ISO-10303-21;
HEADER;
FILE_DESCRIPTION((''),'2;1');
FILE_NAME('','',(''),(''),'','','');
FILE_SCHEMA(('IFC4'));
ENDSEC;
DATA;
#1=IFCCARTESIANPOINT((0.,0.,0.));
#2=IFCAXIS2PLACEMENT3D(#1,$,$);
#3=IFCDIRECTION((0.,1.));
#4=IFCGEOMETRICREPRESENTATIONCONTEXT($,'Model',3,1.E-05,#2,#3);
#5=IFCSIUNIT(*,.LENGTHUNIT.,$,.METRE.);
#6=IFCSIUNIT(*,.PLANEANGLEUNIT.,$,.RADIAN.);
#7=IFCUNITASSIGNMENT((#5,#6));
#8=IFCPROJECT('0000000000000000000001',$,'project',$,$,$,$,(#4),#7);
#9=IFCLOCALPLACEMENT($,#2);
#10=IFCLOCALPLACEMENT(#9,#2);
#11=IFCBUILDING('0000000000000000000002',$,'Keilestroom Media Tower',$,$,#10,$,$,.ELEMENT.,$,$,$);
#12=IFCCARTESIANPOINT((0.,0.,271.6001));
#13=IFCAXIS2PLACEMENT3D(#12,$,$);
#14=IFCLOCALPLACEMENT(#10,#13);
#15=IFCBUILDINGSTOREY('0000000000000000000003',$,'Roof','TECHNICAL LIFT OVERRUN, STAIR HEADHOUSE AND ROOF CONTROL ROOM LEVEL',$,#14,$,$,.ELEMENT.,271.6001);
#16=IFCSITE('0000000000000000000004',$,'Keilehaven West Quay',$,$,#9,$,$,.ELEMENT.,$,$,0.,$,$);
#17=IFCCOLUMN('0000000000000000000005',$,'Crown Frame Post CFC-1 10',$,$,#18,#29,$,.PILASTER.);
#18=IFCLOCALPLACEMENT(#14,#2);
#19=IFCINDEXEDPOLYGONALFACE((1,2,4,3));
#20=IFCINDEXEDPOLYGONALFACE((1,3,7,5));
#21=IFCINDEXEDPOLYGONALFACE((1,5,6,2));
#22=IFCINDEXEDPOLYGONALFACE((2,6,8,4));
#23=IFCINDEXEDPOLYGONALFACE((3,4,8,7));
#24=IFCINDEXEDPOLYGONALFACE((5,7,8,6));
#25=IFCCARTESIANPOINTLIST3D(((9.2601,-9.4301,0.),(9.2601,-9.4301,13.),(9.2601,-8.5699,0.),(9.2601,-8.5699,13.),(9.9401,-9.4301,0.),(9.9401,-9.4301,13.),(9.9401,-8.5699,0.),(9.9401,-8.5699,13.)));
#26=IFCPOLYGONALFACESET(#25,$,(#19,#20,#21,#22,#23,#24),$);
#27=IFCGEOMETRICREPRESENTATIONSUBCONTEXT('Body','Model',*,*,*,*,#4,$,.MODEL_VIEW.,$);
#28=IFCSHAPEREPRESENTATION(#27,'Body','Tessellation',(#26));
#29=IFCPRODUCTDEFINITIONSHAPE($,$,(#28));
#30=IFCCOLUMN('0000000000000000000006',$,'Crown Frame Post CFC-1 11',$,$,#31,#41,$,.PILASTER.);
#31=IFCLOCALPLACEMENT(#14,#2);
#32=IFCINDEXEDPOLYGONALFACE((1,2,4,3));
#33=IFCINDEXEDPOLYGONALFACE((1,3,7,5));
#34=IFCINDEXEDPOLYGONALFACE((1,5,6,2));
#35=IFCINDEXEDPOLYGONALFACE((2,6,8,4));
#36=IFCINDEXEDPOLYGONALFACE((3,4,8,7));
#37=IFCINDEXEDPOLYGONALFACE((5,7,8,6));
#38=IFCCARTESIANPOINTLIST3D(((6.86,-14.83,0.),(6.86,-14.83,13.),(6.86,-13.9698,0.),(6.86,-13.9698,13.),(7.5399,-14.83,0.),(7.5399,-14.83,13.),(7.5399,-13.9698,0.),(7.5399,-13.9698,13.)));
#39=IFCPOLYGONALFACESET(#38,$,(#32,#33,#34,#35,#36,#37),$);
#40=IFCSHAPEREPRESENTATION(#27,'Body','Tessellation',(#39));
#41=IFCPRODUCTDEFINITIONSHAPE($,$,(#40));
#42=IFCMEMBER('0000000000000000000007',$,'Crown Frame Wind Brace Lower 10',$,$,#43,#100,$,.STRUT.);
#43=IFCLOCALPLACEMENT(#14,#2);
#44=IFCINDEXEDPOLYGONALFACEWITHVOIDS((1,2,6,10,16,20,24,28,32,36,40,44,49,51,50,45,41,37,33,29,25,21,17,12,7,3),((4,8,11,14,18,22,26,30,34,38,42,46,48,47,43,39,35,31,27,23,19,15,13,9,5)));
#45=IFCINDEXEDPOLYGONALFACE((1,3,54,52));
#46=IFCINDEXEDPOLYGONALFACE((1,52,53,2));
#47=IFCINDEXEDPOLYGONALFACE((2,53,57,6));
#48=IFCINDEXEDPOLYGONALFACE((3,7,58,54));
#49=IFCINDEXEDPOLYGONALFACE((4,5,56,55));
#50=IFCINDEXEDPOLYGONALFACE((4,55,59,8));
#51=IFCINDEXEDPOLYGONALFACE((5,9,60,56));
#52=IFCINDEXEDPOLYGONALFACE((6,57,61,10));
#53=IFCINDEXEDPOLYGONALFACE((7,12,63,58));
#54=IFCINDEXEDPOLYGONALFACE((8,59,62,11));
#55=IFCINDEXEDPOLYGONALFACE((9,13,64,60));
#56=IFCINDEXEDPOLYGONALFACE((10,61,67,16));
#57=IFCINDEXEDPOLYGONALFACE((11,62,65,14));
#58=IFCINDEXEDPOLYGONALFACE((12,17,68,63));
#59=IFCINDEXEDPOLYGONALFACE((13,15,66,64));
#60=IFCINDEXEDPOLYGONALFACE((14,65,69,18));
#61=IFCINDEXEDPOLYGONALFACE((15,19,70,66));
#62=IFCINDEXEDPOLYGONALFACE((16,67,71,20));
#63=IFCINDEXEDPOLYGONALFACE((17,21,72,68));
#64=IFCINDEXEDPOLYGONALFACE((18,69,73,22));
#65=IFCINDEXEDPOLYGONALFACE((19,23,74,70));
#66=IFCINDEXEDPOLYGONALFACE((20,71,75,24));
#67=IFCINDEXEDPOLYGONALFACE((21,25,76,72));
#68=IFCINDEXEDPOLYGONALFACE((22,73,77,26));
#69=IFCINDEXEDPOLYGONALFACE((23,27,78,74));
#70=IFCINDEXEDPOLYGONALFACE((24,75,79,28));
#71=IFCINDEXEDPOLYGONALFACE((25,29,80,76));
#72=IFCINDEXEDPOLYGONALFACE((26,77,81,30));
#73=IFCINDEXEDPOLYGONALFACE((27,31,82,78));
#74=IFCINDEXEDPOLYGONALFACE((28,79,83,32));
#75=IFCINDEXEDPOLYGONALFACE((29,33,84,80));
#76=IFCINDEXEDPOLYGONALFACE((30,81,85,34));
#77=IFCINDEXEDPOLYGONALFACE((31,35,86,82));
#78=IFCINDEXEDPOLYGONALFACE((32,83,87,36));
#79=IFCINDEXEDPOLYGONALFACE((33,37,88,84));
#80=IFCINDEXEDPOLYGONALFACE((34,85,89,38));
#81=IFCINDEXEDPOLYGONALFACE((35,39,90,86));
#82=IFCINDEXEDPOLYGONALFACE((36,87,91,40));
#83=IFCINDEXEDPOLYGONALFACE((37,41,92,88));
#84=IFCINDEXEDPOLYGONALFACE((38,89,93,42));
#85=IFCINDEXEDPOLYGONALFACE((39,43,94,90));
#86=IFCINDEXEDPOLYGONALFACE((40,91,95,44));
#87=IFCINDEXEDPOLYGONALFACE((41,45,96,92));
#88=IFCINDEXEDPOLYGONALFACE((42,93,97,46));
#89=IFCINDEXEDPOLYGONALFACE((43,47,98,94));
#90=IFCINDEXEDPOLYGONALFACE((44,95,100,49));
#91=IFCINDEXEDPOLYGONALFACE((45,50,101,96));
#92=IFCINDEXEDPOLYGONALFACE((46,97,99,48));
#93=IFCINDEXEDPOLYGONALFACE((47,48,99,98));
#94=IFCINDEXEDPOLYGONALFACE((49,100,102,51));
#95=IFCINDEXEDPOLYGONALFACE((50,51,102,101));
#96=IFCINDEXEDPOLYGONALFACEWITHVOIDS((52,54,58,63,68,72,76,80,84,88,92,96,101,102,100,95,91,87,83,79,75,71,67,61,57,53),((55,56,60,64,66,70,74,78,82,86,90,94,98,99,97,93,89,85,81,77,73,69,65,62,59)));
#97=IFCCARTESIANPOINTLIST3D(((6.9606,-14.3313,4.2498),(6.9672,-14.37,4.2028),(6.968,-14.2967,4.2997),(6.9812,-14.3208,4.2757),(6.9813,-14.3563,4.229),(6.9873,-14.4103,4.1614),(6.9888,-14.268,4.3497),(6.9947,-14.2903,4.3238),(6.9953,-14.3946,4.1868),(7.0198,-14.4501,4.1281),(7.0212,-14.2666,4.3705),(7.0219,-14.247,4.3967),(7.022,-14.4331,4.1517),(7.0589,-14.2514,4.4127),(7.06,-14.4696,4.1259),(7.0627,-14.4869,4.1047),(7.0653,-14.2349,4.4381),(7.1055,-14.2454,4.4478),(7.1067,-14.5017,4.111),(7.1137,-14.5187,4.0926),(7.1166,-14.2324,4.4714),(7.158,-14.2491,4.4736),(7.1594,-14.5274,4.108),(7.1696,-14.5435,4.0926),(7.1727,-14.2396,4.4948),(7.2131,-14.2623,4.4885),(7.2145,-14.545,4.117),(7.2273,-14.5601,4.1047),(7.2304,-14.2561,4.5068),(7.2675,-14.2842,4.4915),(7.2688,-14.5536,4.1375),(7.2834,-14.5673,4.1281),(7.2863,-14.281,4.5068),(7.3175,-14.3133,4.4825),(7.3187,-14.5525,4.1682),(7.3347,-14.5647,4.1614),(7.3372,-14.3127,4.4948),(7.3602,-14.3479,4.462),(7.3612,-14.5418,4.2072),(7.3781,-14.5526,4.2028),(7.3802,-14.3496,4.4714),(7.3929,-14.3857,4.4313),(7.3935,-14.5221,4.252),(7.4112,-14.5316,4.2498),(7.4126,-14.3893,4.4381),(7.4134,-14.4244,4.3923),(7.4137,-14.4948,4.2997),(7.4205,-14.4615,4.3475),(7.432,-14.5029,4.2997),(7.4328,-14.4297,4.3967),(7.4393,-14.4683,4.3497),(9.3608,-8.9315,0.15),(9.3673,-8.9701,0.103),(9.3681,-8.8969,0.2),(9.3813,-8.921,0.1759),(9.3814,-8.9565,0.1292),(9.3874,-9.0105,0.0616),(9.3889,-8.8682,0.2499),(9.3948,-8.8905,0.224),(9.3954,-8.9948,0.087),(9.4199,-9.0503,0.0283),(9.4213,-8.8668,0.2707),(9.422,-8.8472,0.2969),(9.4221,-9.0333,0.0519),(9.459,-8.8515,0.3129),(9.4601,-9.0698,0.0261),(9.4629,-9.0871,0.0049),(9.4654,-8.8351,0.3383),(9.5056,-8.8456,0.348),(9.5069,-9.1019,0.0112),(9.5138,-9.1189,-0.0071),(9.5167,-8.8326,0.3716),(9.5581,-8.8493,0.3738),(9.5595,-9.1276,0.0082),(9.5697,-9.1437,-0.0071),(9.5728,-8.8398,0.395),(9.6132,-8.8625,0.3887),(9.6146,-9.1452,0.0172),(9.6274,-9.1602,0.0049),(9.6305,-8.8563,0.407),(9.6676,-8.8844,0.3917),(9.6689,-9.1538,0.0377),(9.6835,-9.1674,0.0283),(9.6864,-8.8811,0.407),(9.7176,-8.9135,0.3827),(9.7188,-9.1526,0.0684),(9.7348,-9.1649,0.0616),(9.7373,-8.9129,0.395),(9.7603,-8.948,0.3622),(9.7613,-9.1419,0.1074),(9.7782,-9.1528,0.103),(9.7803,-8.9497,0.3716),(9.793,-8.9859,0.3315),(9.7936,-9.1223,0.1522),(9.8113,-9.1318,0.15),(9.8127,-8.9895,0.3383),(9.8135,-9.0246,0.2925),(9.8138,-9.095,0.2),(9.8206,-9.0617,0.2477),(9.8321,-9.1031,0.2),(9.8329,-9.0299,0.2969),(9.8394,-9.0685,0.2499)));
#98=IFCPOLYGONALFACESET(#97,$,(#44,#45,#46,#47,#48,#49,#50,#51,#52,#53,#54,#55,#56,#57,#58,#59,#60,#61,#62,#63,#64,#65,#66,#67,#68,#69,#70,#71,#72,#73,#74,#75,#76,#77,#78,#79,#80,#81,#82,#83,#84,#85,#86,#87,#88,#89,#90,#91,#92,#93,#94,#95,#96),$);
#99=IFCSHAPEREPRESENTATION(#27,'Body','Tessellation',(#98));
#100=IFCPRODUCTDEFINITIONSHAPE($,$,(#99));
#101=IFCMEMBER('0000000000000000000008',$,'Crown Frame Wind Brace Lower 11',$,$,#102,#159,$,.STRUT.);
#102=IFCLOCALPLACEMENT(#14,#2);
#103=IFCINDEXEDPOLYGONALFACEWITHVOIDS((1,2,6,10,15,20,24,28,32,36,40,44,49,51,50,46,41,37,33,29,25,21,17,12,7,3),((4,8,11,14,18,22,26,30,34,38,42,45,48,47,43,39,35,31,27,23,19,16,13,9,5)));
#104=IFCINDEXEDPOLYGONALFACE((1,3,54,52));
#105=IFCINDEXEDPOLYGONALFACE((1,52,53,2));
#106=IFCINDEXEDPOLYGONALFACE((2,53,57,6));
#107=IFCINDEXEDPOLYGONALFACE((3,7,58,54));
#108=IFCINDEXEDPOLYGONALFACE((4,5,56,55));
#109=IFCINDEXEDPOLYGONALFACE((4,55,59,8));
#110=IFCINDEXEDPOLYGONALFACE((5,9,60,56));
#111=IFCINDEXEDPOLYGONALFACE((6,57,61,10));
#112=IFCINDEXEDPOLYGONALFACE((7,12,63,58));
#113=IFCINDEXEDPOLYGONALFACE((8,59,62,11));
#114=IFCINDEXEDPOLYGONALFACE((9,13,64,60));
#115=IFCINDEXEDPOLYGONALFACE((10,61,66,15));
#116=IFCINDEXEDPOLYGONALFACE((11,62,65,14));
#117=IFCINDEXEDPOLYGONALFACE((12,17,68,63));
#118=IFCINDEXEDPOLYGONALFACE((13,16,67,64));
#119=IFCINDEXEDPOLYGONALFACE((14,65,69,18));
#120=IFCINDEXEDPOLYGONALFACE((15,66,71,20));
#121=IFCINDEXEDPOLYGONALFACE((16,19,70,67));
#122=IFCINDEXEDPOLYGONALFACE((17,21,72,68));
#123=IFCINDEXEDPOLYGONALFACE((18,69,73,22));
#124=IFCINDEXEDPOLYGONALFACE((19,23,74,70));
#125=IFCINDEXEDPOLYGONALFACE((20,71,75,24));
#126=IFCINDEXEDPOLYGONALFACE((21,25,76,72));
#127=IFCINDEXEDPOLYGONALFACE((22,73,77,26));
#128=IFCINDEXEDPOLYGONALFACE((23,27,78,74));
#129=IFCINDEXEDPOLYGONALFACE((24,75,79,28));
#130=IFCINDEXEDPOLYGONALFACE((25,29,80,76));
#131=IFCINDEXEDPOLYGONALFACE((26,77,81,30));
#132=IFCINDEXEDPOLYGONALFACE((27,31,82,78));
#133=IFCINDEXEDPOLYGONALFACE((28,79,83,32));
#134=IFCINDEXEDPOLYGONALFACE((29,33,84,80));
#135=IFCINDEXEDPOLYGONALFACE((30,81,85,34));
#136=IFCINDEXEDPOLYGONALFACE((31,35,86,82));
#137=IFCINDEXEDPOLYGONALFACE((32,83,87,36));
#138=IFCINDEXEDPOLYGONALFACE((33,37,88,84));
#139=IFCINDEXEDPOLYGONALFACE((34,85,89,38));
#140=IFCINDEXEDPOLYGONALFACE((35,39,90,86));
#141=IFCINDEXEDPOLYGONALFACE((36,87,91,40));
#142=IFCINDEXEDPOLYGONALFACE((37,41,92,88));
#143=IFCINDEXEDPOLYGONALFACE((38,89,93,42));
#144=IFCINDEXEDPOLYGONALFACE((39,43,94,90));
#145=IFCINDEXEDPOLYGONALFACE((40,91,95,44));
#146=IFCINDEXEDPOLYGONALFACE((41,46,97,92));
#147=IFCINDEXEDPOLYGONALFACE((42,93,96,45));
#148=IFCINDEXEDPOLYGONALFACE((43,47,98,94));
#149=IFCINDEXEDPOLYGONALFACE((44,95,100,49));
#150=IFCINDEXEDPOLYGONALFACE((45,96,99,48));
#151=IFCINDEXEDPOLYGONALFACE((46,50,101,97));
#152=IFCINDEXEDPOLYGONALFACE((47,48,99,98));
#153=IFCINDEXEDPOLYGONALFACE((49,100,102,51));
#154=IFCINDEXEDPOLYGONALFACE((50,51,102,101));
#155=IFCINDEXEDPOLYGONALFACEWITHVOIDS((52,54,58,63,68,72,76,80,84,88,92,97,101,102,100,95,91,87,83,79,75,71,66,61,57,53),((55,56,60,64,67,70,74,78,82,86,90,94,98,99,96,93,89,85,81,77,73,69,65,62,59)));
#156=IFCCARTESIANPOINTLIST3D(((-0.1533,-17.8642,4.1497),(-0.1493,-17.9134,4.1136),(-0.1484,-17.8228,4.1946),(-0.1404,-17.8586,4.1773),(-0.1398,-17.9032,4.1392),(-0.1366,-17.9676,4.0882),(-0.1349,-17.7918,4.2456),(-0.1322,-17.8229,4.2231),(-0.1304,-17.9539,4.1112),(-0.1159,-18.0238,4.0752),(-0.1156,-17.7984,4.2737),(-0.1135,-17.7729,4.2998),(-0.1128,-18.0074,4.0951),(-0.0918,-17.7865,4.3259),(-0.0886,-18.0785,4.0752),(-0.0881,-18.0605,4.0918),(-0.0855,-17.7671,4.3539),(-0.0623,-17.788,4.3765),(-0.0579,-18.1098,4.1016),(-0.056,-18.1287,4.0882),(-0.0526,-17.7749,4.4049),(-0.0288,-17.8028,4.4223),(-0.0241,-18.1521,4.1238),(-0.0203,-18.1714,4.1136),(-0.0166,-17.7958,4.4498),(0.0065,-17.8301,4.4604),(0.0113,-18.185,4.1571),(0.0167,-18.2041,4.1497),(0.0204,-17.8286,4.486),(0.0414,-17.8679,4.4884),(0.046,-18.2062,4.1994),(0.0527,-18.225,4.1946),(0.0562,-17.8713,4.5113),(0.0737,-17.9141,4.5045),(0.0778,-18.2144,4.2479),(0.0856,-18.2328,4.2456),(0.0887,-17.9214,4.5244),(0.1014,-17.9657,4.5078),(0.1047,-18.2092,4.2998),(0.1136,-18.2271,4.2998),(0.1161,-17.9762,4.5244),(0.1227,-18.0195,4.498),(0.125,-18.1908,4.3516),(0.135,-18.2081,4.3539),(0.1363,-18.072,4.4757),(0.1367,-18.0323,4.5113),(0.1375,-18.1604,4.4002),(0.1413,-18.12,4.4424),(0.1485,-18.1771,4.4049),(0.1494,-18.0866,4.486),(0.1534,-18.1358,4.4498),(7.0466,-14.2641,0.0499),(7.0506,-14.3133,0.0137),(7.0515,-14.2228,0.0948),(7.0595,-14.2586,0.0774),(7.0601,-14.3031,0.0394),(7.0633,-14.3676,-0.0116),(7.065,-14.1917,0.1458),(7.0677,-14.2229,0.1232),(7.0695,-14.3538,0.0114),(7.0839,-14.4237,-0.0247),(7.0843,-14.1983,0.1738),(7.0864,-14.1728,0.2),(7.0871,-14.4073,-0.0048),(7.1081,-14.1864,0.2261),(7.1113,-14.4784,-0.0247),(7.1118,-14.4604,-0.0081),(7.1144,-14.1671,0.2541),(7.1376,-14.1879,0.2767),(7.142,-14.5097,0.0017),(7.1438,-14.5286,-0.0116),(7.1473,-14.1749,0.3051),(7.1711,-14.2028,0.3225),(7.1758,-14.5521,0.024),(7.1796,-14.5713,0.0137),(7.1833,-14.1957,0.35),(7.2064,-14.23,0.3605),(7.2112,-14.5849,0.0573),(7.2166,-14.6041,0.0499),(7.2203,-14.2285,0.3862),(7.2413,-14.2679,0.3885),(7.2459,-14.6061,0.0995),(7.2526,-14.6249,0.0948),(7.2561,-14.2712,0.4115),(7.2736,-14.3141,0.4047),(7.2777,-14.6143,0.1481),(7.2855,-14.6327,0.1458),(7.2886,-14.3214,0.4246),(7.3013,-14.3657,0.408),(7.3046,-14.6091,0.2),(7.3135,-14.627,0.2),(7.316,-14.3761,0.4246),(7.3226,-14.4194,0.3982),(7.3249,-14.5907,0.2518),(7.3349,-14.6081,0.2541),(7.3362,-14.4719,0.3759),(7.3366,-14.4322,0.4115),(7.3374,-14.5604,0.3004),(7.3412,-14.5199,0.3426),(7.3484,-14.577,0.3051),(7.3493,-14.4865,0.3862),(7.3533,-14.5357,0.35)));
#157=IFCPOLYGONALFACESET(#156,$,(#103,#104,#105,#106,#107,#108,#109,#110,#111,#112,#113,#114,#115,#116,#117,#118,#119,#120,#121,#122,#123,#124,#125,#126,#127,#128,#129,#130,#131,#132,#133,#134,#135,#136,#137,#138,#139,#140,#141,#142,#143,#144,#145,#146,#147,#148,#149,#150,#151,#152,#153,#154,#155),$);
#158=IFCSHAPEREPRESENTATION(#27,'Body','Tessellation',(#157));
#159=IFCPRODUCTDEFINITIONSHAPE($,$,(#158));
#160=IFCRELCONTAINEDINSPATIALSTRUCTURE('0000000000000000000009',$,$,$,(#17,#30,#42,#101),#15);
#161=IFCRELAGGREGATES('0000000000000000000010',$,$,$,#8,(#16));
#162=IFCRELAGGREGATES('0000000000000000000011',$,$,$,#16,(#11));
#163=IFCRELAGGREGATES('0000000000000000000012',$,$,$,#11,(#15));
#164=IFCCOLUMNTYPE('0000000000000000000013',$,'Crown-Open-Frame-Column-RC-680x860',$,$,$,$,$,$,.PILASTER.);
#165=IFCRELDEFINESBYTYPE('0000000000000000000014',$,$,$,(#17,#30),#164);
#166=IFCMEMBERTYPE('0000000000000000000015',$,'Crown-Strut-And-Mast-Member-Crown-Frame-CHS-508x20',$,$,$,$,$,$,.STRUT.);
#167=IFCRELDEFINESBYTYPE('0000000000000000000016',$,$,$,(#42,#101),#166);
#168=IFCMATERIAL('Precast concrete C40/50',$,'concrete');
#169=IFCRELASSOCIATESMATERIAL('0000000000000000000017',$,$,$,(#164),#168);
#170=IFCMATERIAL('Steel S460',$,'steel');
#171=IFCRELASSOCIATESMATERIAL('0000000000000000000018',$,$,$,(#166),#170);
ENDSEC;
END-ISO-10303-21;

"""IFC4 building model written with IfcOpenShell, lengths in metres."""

from ifc_helpers import new_model, si_unit, direction, frame, origin, origin_2d, place, context, subcontext, project, spatial, rectangle, hollow_circle, extrude, source, transform, mapped, material, material_profile, profile_set, type_object, element, save


model = new_model("IFC4")

# Units and contexts
model_context = context("Model", 3, precision=1e-05, world=origin(), true_north=direction((0.0, 1.0)))
body_context = subcontext(model_context, "Body", "Model", "MODEL_VIEW")
ifc_project = project(units=[si_unit("LENGTHUNIT", "METRE"), si_unit("PLANEANGLEUNIT", "RADIAN")], contexts=[model_context])

# Site, building, storey
site_placement = place(None, origin())
site = spatial("IfcSite", under=ifc_project, at=site_placement, Name="Keilehaven West Quay", CompositionType="ELEMENT", RefElevation=0.0)
building_placement = place(site_placement, origin())
building = spatial("IfcBuilding", under=site, at=building_placement, Name="Keilestroom Media Tower", CompositionType="ELEMENT")
storey_placement = place(building_placement, frame((0.0, 0.0, 271.6001)))
storey = spatial("IfcBuildingStorey", under=building, at=storey_placement, Name="Roof", Description="TECHNICAL LIFT OVERRUN, STAIR HEADHOUSE AND ROOF CONTROL ROOM LEVEL", CompositionType="ELEMENT", Elevation=271.6001)

# Columns
ifc_material_1 = material(Name="Precast concrete C40/50", Category="concrete")
ifc_material_profile_1 = material_profile(ifc_material_1, rectangle(XDim=0.6799, YDim=0.8601, at=origin_2d()), Name="CF 860x680")
ifc_profile_set_1 = profile_set([ifc_material_profile_1], Name="Precast concrete C40/50")
column_type = type_object("IfcColumnType", Name="Crown-Open-Frame-Column-RC-680x860", PredefinedType="PILASTER", material=ifc_profile_set_1)
shared_shape_1 = source(origin(), body_context, "Body", "SweptSolid", [
    extrude(rectangle(XDim=0.6799, YDim=0.8601, at=origin_2d()), origin(), (0.0, 0.0, 1.0), 13.0),
])
for number, where, z_axis, x_axis, name in (
    (1, (9.6001, -9.0, 0.0), (0.0, 0.0, 1.0), (1.0, 0.0, 0.0), "Crown Frame Post CFC-1 10"),
    (2, (7.2, -14.3999, 0.0), (0.0, 0.0, 1.0), (1.0, 0.0, 0.0), "Crown Frame Post CFC-1 11"),
):
    element("IfcColumn", number, at=place(storey_placement, frame(where, z_axis=z_axis, x_axis=x_axis)), inside=storey, type_object=column_type, Name=name, PredefinedType="PILASTER", context=body_context, shape_type="MappedRepresentation", body=[
        mapped(shared_shape_1, transform((0.0, 0.0, 0.0), x_axis=(1.0, 0.0, 0.0), y_axis=(0.0, 1.0, 0.0), z_axis=(0.0, 0.0, 1.0), scale=1.0)),
    ])

# Members
ifc_material_2 = material(Name="Steel S460", Category="steel")
ifc_material_profile_2 = material_profile(ifc_material_2, hollow_circle(Radius=0.2539, WallThickness=0.02, at=origin_2d()), Name="CHS 508x20")
ifc_profile_set_2 = profile_set([ifc_material_profile_2], Name="Steel S460")
member_type = type_object("IfcMemberType", Name="Crown-Strut-And-Mast-Member-Crown-Frame-CHS-508x20", PredefinedType="STRUT", material=ifc_profile_set_2)
shared_shape_2 = source(origin(), body_context, "Body", "SweptSolid", [
    extrude(hollow_circle(Radius=0.2539, WallThickness=0.02, at=origin_2d()), origin(), (0.0, 0.0, 1.0), 7.1921),
])
member_placement = place(storey_placement, frame((9.6001, -9.0, 0.2), z_axis=(-0.333713, -0.750795, 0.570038), x_axis=(0.9138, -0.406165, 0.0)))
element("IfcMember", 3, at=member_placement, inside=storey, type_object=member_type, Name="Crown Frame Wind Brace Lower 10", PredefinedType="STRUT", context=body_context, shape_type="MappedRepresentation", body=[
    mapped(shared_shape_2, transform((0.0, 0.0, 0.0), x_axis=(1.0, 0.0, 0.0), y_axis=(0.0, 1.0, 0.0), z_axis=(0.0, 0.0, 1.0), scale=1.0)),
])
shared_shape_3 = source(origin(), body_context, "Body", "SweptSolid", [
    extrude(hollow_circle(Radius=0.2539, WallThickness=0.02, at=origin_2d()), origin(), (0.0, 0.0, 1.0), 9.0337),
])
for number, where, z_axis, x_axis, name in (
    (4, (7.2, -14.3999, 0.2), (-0.797005, -0.398516, 0.453837), (0.447226, -0.894421, 0.0), "Crown Frame Wind Brace Lower 11"),
):
    element("IfcMember", number, at=place(storey_placement, frame(where, z_axis=z_axis, x_axis=x_axis)), inside=storey, type_object=member_type, Name=name, PredefinedType="STRUT", context=body_context, shape_type="MappedRepresentation", body=[
        mapped(shared_shape_3, transform((0.0, 0.0, 0.0), x_axis=(1.0, 0.0, 0.0), y_axis=(0.0, 1.0, 0.0), z_axis=(0.0, 0.0, 1.0), scale=1.0)),
    ])

save(model, "model.ifc")
